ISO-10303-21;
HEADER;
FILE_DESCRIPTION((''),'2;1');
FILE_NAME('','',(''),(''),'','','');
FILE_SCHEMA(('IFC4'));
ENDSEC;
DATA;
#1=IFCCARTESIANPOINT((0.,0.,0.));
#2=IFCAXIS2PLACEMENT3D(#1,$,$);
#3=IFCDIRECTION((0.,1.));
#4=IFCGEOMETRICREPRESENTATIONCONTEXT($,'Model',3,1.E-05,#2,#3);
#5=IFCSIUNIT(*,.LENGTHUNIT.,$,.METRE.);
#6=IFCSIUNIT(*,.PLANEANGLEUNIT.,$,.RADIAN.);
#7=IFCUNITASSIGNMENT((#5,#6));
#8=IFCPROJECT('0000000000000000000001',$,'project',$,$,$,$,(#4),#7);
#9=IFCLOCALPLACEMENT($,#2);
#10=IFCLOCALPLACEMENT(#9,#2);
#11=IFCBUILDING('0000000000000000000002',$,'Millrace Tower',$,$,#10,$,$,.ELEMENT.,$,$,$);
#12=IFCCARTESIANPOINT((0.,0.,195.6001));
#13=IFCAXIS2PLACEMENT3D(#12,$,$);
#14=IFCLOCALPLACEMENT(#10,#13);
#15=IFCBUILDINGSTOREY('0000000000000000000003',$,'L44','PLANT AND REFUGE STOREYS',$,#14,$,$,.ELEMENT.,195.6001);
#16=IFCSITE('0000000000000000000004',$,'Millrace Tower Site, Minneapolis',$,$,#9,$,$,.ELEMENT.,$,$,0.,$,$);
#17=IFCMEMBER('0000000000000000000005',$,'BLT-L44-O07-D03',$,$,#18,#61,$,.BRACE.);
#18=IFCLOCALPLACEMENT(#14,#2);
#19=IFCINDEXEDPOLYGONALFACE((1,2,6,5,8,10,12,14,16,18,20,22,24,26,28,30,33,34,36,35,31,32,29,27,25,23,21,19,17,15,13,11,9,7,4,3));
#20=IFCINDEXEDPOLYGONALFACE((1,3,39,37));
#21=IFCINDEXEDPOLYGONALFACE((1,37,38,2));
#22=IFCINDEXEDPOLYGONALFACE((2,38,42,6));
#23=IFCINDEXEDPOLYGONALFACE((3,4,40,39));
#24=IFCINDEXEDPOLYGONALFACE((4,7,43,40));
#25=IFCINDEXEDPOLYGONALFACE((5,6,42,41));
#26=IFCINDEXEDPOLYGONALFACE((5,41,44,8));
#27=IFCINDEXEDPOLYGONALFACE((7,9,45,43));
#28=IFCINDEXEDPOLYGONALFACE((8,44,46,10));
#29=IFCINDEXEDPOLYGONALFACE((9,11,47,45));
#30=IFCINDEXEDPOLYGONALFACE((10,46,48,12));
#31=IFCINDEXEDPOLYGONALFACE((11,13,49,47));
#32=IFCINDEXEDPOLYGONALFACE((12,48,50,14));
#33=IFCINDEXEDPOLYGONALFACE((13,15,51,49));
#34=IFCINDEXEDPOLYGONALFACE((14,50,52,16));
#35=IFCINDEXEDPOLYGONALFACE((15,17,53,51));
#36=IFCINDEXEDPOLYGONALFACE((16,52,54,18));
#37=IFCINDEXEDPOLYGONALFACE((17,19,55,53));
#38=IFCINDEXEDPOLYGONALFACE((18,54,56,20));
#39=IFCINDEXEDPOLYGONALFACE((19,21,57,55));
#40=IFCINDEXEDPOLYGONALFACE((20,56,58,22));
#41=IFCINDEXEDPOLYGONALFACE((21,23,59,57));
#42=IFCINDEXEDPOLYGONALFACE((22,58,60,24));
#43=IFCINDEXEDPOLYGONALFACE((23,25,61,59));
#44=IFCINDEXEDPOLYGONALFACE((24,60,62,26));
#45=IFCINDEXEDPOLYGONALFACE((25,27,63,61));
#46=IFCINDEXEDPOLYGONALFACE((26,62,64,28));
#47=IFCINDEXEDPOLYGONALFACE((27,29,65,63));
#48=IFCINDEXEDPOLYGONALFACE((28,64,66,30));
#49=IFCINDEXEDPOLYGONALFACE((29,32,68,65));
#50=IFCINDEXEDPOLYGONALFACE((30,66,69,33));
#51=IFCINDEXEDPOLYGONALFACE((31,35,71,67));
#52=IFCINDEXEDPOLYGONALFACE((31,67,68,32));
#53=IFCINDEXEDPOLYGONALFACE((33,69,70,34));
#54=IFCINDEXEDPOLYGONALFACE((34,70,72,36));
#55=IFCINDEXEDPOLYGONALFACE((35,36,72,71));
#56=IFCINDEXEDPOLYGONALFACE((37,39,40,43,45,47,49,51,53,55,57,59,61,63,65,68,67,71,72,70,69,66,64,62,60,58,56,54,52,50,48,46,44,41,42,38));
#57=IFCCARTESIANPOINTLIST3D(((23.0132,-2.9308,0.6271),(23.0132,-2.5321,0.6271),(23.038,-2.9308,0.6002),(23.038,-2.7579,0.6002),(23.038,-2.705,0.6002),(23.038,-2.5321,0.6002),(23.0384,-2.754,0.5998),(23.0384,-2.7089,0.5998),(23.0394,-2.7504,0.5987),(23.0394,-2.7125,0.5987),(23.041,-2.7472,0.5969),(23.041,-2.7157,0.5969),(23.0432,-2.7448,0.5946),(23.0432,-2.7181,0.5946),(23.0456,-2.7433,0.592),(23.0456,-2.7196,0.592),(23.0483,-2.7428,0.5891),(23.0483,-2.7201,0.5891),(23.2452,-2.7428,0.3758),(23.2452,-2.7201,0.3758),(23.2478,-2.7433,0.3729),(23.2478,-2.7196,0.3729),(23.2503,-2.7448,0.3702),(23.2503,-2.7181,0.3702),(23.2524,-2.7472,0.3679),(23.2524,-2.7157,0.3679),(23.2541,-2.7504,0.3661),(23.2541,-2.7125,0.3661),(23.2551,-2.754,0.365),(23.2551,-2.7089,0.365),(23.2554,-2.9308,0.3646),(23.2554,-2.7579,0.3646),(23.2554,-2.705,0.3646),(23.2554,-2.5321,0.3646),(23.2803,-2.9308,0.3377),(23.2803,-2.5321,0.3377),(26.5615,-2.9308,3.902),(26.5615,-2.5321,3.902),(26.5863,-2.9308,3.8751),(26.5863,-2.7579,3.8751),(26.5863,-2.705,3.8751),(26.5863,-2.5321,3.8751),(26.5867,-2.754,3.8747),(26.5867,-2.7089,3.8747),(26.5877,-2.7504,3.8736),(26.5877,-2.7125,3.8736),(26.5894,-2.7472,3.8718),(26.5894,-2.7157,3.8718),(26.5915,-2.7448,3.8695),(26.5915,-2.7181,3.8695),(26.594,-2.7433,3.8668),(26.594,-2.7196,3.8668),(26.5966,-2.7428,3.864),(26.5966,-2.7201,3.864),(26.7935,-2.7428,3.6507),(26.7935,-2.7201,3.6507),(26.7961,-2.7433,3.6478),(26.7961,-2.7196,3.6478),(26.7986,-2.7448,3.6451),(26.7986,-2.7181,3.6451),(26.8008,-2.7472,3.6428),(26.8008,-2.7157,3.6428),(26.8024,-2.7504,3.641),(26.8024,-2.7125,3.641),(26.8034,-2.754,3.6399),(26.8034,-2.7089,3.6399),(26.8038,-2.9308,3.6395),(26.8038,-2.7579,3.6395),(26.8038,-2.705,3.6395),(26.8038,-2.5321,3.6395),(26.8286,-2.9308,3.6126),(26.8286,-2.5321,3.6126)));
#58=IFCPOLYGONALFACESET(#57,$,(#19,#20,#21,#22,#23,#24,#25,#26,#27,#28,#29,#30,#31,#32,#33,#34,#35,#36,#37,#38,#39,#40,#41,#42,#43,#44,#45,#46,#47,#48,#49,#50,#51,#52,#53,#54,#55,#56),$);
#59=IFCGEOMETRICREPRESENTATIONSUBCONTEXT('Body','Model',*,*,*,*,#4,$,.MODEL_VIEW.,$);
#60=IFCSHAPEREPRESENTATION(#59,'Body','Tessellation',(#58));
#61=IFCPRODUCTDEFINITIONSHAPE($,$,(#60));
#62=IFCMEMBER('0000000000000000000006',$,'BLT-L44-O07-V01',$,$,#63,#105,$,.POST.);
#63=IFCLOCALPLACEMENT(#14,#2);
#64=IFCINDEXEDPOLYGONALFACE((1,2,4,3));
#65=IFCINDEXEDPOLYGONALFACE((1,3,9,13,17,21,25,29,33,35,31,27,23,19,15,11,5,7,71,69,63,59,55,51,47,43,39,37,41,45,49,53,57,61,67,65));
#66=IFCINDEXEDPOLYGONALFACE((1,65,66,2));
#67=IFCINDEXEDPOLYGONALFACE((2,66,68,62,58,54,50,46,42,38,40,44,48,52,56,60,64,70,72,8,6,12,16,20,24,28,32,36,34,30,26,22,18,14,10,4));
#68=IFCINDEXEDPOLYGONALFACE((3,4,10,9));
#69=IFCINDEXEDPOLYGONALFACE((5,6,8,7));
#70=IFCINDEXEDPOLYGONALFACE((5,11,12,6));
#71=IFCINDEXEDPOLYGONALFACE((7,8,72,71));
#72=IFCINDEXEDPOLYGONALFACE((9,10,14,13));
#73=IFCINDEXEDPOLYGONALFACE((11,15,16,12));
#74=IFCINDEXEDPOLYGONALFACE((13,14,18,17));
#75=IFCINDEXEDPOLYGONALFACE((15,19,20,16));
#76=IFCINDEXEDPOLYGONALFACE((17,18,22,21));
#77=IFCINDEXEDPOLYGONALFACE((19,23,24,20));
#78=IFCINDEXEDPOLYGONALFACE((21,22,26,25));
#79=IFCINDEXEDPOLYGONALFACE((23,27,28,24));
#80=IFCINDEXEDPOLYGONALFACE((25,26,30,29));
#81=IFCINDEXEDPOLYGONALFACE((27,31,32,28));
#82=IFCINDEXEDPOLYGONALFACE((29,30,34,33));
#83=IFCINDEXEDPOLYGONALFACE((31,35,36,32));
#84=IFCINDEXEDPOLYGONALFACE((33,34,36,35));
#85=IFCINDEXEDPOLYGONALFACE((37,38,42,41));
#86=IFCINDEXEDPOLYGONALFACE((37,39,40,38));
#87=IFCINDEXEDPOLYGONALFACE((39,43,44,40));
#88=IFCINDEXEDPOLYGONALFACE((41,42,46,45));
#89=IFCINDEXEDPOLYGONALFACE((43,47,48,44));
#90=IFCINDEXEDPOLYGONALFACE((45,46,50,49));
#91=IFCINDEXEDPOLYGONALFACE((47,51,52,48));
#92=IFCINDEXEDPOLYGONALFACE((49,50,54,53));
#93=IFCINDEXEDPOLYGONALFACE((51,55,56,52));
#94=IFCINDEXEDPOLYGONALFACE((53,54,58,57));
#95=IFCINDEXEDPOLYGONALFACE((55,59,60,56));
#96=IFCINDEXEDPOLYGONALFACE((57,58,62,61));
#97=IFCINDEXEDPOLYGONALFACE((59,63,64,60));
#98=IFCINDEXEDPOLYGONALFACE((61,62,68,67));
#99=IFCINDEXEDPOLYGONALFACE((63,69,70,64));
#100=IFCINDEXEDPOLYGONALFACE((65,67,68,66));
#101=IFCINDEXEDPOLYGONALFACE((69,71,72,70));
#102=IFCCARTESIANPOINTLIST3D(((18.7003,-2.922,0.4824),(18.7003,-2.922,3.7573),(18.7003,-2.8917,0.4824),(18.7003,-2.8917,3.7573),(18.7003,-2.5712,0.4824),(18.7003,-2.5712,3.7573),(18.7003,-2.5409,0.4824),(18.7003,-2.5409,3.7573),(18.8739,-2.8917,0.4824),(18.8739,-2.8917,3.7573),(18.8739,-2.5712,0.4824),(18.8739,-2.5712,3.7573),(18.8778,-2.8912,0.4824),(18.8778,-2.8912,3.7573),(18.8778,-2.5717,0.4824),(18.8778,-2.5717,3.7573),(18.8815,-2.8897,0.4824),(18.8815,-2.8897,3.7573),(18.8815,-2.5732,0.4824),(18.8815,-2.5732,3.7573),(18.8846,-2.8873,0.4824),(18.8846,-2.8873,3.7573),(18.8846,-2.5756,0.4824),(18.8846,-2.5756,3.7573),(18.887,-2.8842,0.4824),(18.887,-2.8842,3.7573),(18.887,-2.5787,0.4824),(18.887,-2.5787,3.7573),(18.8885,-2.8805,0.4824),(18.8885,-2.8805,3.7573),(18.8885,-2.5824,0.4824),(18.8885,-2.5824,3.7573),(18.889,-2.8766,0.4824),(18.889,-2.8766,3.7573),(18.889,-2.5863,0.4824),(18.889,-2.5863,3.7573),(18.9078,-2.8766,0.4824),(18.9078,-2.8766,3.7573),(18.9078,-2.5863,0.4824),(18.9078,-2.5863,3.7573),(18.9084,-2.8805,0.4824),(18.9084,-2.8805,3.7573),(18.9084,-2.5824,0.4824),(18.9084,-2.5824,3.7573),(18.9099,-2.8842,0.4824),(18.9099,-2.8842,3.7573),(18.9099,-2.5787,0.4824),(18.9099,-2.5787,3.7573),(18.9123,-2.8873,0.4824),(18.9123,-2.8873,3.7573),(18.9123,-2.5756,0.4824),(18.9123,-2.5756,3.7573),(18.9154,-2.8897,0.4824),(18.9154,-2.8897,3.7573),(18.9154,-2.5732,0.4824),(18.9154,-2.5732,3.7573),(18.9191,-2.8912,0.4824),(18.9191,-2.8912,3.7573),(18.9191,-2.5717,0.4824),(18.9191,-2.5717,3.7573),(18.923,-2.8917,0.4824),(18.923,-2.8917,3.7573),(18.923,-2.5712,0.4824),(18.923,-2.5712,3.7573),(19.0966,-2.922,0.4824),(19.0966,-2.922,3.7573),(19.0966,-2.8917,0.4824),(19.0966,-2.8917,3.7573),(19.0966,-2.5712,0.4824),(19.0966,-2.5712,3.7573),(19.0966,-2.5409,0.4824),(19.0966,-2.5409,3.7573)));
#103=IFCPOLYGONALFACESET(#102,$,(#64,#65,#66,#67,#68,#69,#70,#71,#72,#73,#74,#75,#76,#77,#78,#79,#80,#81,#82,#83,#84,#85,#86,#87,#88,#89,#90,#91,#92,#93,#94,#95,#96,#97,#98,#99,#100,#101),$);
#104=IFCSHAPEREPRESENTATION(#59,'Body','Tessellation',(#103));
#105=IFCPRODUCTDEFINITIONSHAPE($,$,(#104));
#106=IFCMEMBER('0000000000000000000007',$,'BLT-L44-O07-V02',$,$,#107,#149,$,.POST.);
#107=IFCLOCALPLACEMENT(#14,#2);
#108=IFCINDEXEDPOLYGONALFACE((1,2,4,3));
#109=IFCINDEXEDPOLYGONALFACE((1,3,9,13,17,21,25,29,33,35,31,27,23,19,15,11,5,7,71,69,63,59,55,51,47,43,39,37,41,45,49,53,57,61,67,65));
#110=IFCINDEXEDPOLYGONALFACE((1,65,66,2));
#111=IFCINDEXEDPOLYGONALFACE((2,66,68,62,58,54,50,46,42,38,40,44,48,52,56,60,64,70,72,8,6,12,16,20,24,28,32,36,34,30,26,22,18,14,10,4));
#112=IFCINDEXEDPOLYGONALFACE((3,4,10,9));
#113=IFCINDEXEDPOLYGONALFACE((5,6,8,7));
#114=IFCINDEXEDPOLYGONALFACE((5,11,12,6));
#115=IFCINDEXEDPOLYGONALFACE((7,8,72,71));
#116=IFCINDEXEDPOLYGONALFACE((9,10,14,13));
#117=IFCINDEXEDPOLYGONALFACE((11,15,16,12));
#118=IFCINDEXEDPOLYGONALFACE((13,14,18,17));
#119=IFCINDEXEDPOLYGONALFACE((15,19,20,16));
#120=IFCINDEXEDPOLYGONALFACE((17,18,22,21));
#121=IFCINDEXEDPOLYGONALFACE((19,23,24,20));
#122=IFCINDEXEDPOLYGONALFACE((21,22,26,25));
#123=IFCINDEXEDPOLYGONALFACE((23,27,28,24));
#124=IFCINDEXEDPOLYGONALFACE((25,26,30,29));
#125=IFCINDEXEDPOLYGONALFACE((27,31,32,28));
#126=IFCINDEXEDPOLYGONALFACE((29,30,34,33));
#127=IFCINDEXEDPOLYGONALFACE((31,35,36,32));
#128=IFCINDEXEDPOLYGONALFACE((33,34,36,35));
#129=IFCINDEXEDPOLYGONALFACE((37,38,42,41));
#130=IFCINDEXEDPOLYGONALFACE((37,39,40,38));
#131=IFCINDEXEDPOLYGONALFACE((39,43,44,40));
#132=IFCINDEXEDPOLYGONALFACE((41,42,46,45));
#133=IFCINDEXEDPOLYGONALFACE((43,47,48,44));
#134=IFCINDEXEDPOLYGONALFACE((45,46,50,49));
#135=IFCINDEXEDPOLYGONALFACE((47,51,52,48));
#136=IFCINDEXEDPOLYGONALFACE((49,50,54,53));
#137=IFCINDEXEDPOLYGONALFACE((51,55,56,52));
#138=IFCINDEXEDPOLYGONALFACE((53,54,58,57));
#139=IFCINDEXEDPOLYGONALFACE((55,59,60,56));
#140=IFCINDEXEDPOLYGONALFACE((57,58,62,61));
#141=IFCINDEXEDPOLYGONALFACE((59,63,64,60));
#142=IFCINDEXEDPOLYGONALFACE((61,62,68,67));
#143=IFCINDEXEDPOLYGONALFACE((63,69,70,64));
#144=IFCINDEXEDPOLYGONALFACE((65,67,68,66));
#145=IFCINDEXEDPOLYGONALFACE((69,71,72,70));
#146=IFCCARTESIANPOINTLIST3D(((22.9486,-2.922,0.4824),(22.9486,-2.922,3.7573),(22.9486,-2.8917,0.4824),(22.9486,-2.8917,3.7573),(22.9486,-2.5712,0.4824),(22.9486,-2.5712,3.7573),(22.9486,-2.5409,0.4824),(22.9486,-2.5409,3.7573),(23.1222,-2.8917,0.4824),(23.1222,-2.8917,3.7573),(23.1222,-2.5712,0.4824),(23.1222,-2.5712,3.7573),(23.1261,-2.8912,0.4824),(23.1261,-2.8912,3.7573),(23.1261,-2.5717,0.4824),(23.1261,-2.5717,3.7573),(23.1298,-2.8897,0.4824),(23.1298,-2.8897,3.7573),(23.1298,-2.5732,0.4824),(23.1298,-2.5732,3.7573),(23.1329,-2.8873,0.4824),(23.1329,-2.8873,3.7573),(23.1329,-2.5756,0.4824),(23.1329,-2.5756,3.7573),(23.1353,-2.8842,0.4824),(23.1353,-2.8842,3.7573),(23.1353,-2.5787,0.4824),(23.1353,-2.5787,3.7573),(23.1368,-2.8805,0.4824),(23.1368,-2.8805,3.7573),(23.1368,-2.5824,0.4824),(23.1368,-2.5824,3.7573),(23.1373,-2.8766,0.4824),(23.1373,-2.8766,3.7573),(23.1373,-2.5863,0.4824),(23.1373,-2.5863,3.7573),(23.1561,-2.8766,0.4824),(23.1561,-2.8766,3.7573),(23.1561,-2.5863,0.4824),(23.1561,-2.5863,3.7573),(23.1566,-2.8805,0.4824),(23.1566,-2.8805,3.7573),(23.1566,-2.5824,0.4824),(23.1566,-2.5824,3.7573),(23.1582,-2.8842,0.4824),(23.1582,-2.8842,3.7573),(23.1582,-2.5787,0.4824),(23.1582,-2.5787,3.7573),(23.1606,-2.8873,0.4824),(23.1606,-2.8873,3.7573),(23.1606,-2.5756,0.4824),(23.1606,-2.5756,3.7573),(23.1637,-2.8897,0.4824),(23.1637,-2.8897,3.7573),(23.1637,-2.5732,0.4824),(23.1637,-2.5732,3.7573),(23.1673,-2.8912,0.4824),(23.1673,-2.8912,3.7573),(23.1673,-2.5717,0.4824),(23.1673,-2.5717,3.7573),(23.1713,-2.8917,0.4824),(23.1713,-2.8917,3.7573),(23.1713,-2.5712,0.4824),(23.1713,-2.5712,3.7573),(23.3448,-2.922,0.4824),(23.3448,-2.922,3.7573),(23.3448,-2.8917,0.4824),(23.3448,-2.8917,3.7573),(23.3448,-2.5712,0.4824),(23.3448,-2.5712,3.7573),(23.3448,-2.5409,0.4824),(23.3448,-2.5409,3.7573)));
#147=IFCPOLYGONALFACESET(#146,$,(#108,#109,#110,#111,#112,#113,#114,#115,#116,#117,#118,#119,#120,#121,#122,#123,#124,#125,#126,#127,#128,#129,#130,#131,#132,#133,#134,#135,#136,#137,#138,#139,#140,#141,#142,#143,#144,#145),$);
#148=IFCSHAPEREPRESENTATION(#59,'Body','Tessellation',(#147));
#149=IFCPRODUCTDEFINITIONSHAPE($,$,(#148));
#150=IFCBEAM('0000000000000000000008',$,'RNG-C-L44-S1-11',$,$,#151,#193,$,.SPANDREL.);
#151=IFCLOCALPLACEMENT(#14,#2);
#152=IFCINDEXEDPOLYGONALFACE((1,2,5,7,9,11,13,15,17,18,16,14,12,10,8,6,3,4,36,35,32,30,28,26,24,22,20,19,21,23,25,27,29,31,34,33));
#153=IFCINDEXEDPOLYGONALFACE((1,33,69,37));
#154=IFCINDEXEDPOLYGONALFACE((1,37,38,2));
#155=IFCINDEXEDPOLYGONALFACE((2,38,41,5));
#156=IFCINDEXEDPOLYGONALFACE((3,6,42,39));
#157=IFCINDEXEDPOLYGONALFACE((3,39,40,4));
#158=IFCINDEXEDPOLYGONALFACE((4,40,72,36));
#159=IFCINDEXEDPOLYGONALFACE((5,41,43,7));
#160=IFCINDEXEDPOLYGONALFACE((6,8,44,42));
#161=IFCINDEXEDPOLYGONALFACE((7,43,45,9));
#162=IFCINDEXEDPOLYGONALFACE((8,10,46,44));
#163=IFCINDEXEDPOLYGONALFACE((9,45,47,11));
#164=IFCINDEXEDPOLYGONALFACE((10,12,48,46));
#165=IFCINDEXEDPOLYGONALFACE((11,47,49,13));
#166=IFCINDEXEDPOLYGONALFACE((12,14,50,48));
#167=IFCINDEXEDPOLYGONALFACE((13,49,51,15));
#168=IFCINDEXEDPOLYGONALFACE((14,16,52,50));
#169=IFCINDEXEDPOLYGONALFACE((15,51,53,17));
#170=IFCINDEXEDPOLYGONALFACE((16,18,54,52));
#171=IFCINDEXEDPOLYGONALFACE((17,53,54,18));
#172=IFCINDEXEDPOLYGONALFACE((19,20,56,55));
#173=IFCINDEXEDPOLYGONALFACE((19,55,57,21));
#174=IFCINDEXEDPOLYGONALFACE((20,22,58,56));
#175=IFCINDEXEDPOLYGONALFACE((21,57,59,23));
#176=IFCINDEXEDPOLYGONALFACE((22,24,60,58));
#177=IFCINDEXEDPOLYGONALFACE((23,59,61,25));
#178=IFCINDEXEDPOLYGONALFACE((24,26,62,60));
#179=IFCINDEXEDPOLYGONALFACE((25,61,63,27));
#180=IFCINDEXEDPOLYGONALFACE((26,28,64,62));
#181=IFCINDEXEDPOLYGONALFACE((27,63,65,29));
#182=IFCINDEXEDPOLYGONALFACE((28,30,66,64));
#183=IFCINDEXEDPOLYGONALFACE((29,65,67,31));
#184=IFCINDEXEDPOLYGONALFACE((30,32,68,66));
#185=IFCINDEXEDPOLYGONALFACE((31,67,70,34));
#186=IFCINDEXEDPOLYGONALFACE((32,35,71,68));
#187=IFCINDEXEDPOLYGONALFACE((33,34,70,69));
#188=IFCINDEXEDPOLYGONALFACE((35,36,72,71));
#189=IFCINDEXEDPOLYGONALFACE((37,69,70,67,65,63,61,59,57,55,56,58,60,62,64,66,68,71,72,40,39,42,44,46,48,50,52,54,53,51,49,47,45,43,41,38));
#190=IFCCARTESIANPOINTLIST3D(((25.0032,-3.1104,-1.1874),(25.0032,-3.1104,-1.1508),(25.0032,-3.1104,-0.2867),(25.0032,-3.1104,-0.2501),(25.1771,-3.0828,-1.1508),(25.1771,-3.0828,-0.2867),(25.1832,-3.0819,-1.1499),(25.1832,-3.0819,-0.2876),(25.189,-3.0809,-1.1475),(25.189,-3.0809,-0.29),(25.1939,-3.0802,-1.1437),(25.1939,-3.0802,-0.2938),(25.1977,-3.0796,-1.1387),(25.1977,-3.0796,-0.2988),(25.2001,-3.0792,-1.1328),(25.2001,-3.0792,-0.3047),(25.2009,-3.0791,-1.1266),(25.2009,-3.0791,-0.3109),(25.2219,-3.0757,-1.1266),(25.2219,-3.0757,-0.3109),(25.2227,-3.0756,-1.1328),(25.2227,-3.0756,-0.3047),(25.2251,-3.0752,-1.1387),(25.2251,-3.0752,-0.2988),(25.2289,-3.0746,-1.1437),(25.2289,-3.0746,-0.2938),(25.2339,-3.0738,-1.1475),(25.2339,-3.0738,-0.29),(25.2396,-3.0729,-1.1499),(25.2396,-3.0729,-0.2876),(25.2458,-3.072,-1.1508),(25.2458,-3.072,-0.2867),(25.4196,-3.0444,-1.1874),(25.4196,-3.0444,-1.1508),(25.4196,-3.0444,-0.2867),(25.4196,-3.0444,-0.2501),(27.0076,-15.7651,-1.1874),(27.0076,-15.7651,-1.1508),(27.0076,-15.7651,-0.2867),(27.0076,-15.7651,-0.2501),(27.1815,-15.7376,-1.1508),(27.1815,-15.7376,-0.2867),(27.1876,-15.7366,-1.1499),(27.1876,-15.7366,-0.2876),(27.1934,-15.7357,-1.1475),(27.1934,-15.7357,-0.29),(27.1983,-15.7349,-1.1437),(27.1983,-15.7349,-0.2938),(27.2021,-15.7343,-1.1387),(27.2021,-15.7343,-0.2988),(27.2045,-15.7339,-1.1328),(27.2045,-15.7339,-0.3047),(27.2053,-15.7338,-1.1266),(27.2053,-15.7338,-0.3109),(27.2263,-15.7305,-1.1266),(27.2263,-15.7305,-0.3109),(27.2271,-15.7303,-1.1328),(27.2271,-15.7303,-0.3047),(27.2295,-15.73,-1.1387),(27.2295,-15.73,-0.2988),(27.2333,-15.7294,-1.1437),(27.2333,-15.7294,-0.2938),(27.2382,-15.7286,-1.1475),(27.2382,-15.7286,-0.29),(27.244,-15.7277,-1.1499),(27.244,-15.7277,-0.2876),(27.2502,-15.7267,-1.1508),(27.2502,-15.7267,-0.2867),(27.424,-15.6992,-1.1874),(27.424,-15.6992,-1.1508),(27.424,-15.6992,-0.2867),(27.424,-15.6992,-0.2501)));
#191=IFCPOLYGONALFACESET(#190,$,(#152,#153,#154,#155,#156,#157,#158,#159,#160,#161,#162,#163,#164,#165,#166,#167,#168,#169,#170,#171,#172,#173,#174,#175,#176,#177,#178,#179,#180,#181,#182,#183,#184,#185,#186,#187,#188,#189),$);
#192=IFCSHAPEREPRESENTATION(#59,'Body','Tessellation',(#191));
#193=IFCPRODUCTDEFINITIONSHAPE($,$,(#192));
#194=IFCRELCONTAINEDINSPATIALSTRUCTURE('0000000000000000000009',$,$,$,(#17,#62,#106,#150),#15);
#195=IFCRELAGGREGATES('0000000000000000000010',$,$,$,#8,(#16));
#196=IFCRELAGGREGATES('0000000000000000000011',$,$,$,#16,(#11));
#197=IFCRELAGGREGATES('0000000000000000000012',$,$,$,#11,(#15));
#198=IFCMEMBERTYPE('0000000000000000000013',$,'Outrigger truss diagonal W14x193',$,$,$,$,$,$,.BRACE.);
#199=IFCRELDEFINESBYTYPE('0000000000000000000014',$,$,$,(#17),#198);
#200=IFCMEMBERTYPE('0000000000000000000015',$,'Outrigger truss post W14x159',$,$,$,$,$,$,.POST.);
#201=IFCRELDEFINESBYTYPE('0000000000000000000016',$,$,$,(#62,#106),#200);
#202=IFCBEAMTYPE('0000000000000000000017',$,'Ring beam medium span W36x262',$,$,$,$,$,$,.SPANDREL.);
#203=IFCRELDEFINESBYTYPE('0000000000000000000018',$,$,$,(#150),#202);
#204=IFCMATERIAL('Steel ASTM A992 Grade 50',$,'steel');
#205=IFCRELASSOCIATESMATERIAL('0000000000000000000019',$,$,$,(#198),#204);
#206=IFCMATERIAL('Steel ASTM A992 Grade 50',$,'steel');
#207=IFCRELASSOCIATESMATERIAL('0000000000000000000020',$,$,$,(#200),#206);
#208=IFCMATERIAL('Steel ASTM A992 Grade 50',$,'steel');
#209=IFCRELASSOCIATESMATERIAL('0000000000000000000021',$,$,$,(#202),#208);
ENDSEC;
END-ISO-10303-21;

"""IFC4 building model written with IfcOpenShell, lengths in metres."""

from ifc_helpers import new_model, si_unit, direction, frame, origin, origin_2d, place, context, subcontext, project, spatial, i_section, extrude, material, material_profile, profile_set, type_object, element, save


model = new_model("IFC4")

# Units and contexts
model_context = context("Model", 3, precision=1e-05, world=origin(), true_north=direction((0.0, 1.0)))
body_context = subcontext(model_context, "Body", "Model", "MODEL_VIEW")
ifc_project = project(units=[si_unit("LENGTHUNIT", "METRE"), si_unit("PLANEANGLEUNIT", "RADIAN")], contexts=[model_context])

# Site, building, storey
site_placement = place(None, origin())
site = spatial("IfcSite", under=ifc_project, at=site_placement, Name="Millrace Tower Site, Minneapolis", CompositionType="ELEMENT", RefElevation=0.0)
building_placement = place(site_placement, origin())
building = spatial("IfcBuilding", under=site, at=building_placement, Name="Millrace Tower", CompositionType="ELEMENT")
storey_placement = place(building_placement, frame((0.0, 0.0, 195.6001)))
storey = spatial("IfcBuildingStorey", under=building, at=storey_placement, Name="L44", Description="PLANT AND REFUGE STOREYS", CompositionType="ELEMENT", Elevation=195.6001)

# Members
ifc_material_1 = material(Name="Steel ASTM A992 Grade 50", Category="steel")
ifc_material_profile_1 = material_profile(ifc_material_1, i_section(OverallWidth=0.3987, OverallDepth=0.3938, WebThickness=0.0227, FlangeThickness=0.0366, FilletRadius=0.0151, at=origin_2d()))
ifc_profile_set_1 = profile_set([ifc_material_profile_1], Name="Steel ASTM A992 Grade 50")
member_type_1 = type_object("IfcMemberType", Name="Outrigger truss diagonal W14x193", PredefinedType="BRACE", material=ifc_profile_set_1)
member_1_placement = place(storey_placement, frame((23.1467, -2.7314, 0.4824), z_axis=(0.734854, 0.0, 0.678226), x_axis=(0.0, 1.0, 0.0)))
element("IfcMember", 1, at=member_1_placement, inside=storey, type_object=member_type_1, Name="BLT-L44-O07-D03", PredefinedType="BRACE", context=body_context, shape_type="SweptSolid", body=[
    extrude(i_section(OverallWidth=0.3987, OverallDepth=0.3938, WebThickness=0.0227, FlangeThickness=0.0366, FilletRadius=0.0151, at=origin_2d()), origin(), (0.0, 0.0, 1.0), 4.8286),
])
ifc_material_2 = material(Name="Steel ASTM A992 Grade 50", Category="steel")
ifc_material_profile_2 = material_profile(ifc_material_2, i_section(OverallWidth=0.3962, OverallDepth=0.3811, WebThickness=0.0188, FlangeThickness=0.0303, FilletRadius=0.0151, at=origin_2d()))
ifc_profile_set_2 = profile_set([ifc_material_profile_2], Name="Steel ASTM A992 Grade 50")
member_type_2 = type_object("IfcMemberType", Name="Outrigger truss post W14x159", PredefinedType="POST", material=ifc_profile_set_2)
for number, where, z_axis, x_axis, name in (
    (2, (18.8984, -2.7314, 0.4824), (0.0, 0.0, 1.0), (1.0, 0.0, 0.0), "BLT-L44-O07-V01"),
    (3, (23.1467, -2.7314, 0.4824), (0.0, 0.0, 1.0), (1.0, 0.0, 0.0), "BLT-L44-O07-V02"),
):
    element("IfcMember", number, at=place(storey_placement, frame(where, z_axis=z_axis, x_axis=x_axis)), inside=storey, type_object=member_type_2, Name=name, PredefinedType="POST", context=body_context, shape_type="SweptSolid", body=[
        extrude(i_section(OverallWidth=0.3962, OverallDepth=0.3811, WebThickness=0.0188, FlangeThickness=0.0303, FilletRadius=0.0151, at=origin_2d()), origin(), (0.0, 0.0, 1.0), 3.2749),
    ])

# Beam
ifc_material_3 = material(Name="Steel ASTM A992 Grade 50", Category="steel")
ifc_material_profile_3 = material_profile(ifc_material_3, i_section(OverallWidth=0.4216, OverallDepth=0.9373, WebThickness=0.0212, FlangeThickness=0.0366, FilletRadius=0.0242, at=origin_2d()))
ifc_profile_set_3 = profile_set([ifc_material_profile_3], Name="Steel ASTM A992 Grade 50")
beam_type_1 = type_object("IfcBeamType", Name="Ring beam medium span W36x262", PredefinedType="SPANDREL", material=ifc_profile_set_3)
beam_1_placement = place(storey_placement, frame((25.2114, -3.0774, -0.7188), z_axis=(0.15644, -0.987687, 0.0), x_axis=(0.987687, 0.15644, 0.0)))
element("IfcBeam", 4, at=beam_1_placement, inside=storey, type_object=beam_type_1, Name="RNG-C-L44-S1-11", PredefinedType="SPANDREL", context=body_context, shape_type="SweptSolid", body=[
    extrude(i_section(OverallWidth=0.4216, OverallDepth=0.9373, WebThickness=0.0212, FlangeThickness=0.0366, FilletRadius=0.0242, at=origin_2d()), origin(), (0.0, 0.0, 1.0), 12.8125),
])

save(model, "model.ifc")
